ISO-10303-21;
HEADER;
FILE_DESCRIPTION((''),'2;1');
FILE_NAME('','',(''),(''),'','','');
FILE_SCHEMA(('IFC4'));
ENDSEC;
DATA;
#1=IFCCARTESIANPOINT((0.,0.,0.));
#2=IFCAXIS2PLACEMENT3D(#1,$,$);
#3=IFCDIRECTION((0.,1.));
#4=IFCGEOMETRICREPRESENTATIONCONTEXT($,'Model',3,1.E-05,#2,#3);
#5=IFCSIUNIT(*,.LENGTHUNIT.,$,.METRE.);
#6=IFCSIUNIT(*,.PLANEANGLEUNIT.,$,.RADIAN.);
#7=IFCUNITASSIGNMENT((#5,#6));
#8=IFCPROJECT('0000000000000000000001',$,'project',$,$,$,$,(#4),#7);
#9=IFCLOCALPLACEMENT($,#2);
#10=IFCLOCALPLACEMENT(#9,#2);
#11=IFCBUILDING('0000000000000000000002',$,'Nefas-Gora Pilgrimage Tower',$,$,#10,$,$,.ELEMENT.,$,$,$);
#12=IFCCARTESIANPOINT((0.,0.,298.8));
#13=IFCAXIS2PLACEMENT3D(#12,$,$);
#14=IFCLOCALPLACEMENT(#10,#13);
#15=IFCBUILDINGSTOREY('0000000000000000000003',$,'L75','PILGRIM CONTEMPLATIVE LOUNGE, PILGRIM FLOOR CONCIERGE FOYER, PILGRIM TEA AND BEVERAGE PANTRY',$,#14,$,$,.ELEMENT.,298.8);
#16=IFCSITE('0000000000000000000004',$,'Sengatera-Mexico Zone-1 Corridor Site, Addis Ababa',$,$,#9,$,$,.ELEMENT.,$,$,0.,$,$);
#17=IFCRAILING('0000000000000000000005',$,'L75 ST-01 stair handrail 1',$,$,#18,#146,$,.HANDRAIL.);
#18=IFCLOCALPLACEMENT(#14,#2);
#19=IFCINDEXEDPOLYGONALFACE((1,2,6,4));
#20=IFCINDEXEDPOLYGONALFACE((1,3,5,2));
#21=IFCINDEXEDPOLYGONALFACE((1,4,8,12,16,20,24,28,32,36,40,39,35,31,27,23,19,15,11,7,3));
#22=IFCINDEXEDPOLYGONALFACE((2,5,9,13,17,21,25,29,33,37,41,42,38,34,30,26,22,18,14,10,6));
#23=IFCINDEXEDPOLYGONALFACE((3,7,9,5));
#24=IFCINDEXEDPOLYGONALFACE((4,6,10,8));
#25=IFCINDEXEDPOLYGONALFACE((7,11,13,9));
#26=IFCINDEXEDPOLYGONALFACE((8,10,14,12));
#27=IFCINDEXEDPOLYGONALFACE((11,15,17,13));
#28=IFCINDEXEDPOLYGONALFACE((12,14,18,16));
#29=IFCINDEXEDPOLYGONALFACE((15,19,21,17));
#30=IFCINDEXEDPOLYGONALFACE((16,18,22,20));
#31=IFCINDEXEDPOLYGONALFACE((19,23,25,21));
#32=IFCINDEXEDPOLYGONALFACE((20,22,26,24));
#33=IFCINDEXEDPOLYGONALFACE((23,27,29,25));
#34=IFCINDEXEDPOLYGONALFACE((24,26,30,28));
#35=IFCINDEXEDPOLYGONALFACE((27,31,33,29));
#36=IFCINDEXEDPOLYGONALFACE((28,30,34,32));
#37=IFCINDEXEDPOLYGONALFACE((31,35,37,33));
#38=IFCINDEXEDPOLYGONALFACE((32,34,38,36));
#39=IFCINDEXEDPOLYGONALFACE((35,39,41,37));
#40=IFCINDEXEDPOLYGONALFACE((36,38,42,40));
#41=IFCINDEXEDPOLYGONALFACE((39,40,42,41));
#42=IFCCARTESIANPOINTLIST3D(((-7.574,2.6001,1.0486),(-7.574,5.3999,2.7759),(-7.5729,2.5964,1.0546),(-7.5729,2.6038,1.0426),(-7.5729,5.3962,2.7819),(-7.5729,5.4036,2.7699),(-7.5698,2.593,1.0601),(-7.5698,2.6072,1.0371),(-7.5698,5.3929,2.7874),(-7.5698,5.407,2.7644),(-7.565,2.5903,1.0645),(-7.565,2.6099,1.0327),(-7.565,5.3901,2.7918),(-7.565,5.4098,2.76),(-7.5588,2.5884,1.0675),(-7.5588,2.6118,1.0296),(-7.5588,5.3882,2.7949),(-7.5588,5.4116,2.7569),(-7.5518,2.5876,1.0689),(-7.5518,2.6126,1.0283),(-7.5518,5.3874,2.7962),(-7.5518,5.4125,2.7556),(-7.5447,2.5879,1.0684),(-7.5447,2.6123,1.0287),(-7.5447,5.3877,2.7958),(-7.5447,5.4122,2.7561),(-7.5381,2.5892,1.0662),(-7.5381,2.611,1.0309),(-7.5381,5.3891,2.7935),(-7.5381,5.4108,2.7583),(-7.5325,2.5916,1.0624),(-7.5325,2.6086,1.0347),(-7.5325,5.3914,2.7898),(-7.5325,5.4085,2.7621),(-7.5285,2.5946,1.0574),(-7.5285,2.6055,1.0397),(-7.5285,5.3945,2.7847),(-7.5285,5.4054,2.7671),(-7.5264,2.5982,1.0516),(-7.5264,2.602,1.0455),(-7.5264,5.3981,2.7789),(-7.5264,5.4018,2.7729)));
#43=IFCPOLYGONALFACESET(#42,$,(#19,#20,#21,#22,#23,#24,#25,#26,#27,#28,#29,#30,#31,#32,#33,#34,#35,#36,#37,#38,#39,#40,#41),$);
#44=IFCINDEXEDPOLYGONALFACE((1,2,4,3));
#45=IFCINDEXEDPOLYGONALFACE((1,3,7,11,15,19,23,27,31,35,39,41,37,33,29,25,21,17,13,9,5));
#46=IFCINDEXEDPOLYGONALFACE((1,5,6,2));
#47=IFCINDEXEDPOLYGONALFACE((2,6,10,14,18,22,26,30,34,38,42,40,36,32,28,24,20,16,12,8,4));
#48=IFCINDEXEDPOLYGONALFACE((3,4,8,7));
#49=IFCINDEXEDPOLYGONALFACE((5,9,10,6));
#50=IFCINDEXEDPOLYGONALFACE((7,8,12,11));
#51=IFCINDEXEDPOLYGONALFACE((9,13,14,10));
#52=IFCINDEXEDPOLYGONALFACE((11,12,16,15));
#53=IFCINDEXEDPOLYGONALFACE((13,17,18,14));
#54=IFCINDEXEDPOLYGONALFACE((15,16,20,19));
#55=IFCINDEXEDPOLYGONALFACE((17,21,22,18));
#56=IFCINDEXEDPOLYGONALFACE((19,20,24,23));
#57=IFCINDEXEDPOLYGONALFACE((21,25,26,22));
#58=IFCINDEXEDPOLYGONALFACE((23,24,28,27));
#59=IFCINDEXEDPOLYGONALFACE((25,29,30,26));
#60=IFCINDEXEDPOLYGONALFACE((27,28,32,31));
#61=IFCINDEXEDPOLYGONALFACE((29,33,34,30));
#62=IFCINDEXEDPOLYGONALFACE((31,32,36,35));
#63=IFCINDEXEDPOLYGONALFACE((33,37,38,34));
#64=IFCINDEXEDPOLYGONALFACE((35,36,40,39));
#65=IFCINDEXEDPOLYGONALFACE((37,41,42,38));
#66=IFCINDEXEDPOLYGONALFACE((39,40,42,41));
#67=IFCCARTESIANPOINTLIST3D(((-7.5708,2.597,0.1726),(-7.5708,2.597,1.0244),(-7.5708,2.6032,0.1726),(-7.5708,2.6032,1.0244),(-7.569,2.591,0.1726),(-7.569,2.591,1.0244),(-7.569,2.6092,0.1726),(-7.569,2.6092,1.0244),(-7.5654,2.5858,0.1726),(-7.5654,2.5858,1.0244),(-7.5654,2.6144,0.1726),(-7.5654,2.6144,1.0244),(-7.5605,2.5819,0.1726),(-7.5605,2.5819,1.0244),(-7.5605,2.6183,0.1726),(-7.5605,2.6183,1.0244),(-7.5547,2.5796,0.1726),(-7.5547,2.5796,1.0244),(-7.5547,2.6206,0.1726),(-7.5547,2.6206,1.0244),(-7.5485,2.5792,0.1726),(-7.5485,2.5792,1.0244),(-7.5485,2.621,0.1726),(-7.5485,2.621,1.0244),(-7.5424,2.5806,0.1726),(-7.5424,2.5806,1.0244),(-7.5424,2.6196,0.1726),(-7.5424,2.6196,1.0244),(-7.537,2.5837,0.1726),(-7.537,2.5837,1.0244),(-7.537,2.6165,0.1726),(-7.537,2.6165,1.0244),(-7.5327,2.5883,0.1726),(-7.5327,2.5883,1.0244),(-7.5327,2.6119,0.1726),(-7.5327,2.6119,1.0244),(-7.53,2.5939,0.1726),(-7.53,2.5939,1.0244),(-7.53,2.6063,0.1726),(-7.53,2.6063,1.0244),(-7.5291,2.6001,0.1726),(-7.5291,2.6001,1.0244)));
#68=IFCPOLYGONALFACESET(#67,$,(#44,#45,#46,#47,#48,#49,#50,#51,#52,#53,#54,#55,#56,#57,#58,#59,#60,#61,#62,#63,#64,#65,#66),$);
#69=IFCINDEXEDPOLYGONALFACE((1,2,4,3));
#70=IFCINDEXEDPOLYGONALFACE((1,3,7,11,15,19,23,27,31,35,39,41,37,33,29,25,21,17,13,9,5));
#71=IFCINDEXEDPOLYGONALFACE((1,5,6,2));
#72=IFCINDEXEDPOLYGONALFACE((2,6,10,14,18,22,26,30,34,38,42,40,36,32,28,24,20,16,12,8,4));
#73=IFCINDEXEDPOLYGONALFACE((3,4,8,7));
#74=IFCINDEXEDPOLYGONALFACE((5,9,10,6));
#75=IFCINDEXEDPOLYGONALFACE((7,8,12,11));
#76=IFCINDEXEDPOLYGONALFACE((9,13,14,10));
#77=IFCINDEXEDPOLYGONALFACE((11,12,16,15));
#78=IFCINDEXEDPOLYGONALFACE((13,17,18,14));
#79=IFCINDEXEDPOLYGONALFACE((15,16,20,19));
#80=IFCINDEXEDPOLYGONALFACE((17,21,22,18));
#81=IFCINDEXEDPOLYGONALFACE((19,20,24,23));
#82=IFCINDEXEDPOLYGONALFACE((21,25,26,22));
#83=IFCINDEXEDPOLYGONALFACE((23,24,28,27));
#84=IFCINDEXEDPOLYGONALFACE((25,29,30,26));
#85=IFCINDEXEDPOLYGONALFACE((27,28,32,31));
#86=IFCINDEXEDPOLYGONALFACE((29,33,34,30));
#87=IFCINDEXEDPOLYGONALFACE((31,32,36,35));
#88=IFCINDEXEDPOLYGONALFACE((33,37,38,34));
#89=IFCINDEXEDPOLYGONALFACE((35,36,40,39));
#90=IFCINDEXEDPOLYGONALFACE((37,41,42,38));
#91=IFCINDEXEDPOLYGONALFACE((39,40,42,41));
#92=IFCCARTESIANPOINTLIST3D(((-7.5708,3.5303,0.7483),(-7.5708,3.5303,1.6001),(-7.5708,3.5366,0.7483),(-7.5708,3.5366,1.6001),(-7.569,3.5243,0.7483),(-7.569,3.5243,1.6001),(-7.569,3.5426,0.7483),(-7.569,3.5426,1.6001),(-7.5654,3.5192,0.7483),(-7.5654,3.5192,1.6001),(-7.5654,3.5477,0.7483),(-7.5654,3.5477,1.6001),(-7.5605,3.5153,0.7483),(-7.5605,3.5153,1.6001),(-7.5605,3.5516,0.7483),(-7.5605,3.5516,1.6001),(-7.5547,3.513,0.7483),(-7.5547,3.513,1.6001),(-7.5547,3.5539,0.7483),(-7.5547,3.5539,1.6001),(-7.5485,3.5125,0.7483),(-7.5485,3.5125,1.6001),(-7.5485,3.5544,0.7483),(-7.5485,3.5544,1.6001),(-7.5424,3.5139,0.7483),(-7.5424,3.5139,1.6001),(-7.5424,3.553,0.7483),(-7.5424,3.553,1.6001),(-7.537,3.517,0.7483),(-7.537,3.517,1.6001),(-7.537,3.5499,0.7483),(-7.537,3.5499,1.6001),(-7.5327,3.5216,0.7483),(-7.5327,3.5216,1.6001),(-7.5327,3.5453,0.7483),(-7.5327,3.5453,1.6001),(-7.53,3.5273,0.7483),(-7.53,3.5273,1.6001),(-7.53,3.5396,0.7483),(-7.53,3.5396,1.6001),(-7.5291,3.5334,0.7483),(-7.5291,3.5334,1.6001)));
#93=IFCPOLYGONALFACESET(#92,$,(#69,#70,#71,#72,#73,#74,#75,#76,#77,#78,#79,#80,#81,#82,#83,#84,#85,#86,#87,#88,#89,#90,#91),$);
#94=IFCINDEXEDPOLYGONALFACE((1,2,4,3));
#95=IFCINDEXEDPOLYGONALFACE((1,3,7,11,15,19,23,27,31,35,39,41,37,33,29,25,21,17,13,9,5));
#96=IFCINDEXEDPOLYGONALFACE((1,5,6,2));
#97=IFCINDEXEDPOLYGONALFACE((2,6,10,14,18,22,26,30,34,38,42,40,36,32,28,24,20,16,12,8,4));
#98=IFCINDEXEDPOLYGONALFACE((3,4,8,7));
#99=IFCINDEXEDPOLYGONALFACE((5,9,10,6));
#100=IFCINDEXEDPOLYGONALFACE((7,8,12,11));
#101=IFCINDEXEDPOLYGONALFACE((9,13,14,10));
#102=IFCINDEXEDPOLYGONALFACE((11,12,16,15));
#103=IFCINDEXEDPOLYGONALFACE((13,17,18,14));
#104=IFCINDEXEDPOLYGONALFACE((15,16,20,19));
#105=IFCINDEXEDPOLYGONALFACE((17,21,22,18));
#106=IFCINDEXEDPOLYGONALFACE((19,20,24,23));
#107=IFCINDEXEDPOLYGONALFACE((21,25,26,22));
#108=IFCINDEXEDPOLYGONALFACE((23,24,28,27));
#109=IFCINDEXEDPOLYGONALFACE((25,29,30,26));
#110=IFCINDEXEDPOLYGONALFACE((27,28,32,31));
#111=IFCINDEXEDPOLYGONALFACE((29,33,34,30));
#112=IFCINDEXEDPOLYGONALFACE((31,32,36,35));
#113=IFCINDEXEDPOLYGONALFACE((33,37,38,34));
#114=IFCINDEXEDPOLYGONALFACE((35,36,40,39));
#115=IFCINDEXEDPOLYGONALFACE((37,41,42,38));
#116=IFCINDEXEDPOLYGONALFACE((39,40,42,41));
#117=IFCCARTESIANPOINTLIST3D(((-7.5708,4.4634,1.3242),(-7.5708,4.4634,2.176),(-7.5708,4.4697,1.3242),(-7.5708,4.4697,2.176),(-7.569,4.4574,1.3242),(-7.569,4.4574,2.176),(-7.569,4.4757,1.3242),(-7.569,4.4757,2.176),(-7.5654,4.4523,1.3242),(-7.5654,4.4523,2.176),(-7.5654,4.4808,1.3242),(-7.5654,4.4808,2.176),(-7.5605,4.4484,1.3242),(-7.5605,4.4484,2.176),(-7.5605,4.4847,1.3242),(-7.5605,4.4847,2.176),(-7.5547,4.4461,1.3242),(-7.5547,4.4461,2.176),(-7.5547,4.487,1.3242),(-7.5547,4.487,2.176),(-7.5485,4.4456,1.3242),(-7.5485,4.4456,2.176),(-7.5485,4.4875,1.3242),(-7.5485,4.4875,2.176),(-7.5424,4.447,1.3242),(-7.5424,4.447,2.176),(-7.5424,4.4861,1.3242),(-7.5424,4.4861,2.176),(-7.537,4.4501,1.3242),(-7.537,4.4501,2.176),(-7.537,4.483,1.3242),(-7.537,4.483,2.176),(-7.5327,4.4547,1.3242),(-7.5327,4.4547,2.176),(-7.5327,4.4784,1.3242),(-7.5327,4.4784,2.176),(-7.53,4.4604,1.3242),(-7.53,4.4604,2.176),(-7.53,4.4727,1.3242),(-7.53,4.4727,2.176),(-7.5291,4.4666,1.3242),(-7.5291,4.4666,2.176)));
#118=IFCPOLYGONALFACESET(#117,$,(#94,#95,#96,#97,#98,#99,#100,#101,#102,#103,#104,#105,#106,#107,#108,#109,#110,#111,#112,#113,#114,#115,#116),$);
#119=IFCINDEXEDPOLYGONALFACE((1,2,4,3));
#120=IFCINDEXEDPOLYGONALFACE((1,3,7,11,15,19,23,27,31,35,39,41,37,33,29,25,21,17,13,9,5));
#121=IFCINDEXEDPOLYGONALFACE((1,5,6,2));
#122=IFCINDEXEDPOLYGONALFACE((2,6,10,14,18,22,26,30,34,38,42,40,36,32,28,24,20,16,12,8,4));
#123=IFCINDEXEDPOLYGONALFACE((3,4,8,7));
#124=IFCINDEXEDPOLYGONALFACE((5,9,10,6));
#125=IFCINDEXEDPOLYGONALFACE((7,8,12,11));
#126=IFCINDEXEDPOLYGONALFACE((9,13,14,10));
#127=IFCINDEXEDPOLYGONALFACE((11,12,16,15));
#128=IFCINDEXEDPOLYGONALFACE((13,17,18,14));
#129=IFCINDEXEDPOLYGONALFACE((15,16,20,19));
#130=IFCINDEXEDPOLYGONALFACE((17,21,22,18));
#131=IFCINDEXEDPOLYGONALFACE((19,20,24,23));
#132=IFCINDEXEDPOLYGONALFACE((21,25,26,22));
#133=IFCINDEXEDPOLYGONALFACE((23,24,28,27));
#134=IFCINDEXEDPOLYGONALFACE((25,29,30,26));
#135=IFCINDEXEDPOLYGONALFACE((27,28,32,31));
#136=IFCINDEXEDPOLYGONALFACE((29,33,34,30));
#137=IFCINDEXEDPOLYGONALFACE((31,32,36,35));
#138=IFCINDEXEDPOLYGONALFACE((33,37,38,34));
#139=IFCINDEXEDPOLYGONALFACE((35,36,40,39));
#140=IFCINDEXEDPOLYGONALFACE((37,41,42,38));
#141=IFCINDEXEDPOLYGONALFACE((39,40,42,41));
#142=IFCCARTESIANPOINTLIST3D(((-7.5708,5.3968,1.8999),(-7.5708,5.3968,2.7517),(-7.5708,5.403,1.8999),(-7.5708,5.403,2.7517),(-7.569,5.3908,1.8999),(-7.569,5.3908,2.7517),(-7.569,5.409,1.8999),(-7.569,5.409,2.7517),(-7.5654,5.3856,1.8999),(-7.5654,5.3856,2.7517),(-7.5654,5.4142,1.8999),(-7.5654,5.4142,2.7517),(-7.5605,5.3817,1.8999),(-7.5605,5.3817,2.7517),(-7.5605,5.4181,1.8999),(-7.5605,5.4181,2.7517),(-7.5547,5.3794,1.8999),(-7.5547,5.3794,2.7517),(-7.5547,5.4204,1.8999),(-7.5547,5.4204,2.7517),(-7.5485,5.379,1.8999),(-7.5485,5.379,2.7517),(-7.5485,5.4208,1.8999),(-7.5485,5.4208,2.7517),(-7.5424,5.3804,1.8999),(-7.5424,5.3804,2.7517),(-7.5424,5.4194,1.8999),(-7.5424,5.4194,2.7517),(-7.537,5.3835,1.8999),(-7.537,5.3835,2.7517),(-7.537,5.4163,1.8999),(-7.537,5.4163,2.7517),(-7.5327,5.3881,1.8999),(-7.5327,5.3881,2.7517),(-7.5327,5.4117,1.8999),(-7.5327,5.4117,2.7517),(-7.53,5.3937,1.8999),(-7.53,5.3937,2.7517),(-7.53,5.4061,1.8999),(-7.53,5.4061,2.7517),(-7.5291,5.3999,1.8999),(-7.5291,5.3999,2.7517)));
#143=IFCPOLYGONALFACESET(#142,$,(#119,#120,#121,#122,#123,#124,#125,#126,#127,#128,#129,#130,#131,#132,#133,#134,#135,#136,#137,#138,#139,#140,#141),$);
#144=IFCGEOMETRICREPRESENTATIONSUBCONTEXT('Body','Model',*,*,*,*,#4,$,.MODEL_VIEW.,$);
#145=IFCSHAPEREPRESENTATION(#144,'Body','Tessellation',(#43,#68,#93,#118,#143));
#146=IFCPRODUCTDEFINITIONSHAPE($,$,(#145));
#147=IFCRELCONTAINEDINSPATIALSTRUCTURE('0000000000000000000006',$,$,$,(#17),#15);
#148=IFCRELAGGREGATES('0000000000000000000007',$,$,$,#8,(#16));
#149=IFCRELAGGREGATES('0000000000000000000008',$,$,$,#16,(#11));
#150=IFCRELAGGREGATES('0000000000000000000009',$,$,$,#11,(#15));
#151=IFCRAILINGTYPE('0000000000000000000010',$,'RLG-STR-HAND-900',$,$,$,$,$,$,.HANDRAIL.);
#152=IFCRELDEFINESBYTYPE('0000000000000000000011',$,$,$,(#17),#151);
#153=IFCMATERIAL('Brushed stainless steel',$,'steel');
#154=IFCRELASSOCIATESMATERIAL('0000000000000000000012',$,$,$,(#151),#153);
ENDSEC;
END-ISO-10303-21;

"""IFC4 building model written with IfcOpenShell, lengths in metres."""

from ifc_helpers import new_model, si_unit, direction, frame, origin, origin_2d, place, context, subcontext, project, spatial, circle, extrude, material, type_object, element, save


model = new_model("IFC4")

# Units and contexts
model_context = context("Model", 3, precision=1e-05, world=origin(), true_north=direction((0.0, 1.0)))
body_context = subcontext(model_context, "Body", "Model", "MODEL_VIEW")
ifc_project = project(units=[si_unit("LENGTHUNIT", "METRE"), si_unit("PLANEANGLEUNIT", "RADIAN")], contexts=[model_context])

# Site, building, storey
site_placement = place(None, origin())
site = spatial("IfcSite", under=ifc_project, at=site_placement, Name="Sengatera-Mexico Zone-1 Corridor Site, Addis Ababa", CompositionType="ELEMENT", RefElevation=0.0)
building_placement = place(site_placement, origin())
building = spatial("IfcBuilding", under=site, at=building_placement, Name="Nefas-Gora Pilgrimage Tower", CompositionType="ELEMENT")
storey_placement = place(building_placement, frame((0.0, 0.0, 298.8)))
storey = spatial("IfcBuildingStorey", under=building, at=storey_placement, Name="L75", Description="PILGRIM CONTEMPLATIVE LOUNGE, PILGRIM FLOOR CONCIERGE FOYER, PILGRIM TEA AND BEVERAGE PANTRY", CompositionType="ELEMENT", Elevation=298.8)

# Railing
ifc_material_1 = material(Name="Brushed stainless steel", Category="steel")
railing_type_1 = type_object("IfcRailingType", Name="RLG-STR-HAND-900", PredefinedType="HANDRAIL", material=ifc_material_1)
railing_1_placement = place(storey_placement, frame((-7.55, 2.6001, 0.1726)))
element("IfcRailing", 1, at=railing_1_placement, inside=storey, type_object=railing_type_1, Name="L75 ST-01 stair handrail 1", PredefinedType="HANDRAIL", context=body_context, shape_type="SweptSolid", body=[
    extrude(circle(Radius=0.0239, at=origin_2d()), frame((0.0, 0.0, 0.876), z_axis=(0.0, 0.851069, 0.525054), x_axis=(-1.0, 0.0, 0.0)), (0.0, 0.0, 1.0), 3.2898),
    extrude(circle(Radius=0.021, at=origin_2d()), origin(), (0.0, 0.0, 1.0), 0.8518),
    extrude(circle(Radius=0.021, at=origin_2d()), frame((0.0, 0.9333, 0.5757)), (0.0, 0.0, 1.0), 0.8518),
    extrude(circle(Radius=0.021, at=origin_2d()), frame((0.0, 1.8665, 1.1516)), (0.0, 0.0, 1.0), 0.8518),
    extrude(circle(Radius=0.021, at=origin_2d()), frame((0.0, 2.7998, 1.7273)), (0.0, 0.0, 1.0), 0.8518),
])

save(model, "model.ifc")
